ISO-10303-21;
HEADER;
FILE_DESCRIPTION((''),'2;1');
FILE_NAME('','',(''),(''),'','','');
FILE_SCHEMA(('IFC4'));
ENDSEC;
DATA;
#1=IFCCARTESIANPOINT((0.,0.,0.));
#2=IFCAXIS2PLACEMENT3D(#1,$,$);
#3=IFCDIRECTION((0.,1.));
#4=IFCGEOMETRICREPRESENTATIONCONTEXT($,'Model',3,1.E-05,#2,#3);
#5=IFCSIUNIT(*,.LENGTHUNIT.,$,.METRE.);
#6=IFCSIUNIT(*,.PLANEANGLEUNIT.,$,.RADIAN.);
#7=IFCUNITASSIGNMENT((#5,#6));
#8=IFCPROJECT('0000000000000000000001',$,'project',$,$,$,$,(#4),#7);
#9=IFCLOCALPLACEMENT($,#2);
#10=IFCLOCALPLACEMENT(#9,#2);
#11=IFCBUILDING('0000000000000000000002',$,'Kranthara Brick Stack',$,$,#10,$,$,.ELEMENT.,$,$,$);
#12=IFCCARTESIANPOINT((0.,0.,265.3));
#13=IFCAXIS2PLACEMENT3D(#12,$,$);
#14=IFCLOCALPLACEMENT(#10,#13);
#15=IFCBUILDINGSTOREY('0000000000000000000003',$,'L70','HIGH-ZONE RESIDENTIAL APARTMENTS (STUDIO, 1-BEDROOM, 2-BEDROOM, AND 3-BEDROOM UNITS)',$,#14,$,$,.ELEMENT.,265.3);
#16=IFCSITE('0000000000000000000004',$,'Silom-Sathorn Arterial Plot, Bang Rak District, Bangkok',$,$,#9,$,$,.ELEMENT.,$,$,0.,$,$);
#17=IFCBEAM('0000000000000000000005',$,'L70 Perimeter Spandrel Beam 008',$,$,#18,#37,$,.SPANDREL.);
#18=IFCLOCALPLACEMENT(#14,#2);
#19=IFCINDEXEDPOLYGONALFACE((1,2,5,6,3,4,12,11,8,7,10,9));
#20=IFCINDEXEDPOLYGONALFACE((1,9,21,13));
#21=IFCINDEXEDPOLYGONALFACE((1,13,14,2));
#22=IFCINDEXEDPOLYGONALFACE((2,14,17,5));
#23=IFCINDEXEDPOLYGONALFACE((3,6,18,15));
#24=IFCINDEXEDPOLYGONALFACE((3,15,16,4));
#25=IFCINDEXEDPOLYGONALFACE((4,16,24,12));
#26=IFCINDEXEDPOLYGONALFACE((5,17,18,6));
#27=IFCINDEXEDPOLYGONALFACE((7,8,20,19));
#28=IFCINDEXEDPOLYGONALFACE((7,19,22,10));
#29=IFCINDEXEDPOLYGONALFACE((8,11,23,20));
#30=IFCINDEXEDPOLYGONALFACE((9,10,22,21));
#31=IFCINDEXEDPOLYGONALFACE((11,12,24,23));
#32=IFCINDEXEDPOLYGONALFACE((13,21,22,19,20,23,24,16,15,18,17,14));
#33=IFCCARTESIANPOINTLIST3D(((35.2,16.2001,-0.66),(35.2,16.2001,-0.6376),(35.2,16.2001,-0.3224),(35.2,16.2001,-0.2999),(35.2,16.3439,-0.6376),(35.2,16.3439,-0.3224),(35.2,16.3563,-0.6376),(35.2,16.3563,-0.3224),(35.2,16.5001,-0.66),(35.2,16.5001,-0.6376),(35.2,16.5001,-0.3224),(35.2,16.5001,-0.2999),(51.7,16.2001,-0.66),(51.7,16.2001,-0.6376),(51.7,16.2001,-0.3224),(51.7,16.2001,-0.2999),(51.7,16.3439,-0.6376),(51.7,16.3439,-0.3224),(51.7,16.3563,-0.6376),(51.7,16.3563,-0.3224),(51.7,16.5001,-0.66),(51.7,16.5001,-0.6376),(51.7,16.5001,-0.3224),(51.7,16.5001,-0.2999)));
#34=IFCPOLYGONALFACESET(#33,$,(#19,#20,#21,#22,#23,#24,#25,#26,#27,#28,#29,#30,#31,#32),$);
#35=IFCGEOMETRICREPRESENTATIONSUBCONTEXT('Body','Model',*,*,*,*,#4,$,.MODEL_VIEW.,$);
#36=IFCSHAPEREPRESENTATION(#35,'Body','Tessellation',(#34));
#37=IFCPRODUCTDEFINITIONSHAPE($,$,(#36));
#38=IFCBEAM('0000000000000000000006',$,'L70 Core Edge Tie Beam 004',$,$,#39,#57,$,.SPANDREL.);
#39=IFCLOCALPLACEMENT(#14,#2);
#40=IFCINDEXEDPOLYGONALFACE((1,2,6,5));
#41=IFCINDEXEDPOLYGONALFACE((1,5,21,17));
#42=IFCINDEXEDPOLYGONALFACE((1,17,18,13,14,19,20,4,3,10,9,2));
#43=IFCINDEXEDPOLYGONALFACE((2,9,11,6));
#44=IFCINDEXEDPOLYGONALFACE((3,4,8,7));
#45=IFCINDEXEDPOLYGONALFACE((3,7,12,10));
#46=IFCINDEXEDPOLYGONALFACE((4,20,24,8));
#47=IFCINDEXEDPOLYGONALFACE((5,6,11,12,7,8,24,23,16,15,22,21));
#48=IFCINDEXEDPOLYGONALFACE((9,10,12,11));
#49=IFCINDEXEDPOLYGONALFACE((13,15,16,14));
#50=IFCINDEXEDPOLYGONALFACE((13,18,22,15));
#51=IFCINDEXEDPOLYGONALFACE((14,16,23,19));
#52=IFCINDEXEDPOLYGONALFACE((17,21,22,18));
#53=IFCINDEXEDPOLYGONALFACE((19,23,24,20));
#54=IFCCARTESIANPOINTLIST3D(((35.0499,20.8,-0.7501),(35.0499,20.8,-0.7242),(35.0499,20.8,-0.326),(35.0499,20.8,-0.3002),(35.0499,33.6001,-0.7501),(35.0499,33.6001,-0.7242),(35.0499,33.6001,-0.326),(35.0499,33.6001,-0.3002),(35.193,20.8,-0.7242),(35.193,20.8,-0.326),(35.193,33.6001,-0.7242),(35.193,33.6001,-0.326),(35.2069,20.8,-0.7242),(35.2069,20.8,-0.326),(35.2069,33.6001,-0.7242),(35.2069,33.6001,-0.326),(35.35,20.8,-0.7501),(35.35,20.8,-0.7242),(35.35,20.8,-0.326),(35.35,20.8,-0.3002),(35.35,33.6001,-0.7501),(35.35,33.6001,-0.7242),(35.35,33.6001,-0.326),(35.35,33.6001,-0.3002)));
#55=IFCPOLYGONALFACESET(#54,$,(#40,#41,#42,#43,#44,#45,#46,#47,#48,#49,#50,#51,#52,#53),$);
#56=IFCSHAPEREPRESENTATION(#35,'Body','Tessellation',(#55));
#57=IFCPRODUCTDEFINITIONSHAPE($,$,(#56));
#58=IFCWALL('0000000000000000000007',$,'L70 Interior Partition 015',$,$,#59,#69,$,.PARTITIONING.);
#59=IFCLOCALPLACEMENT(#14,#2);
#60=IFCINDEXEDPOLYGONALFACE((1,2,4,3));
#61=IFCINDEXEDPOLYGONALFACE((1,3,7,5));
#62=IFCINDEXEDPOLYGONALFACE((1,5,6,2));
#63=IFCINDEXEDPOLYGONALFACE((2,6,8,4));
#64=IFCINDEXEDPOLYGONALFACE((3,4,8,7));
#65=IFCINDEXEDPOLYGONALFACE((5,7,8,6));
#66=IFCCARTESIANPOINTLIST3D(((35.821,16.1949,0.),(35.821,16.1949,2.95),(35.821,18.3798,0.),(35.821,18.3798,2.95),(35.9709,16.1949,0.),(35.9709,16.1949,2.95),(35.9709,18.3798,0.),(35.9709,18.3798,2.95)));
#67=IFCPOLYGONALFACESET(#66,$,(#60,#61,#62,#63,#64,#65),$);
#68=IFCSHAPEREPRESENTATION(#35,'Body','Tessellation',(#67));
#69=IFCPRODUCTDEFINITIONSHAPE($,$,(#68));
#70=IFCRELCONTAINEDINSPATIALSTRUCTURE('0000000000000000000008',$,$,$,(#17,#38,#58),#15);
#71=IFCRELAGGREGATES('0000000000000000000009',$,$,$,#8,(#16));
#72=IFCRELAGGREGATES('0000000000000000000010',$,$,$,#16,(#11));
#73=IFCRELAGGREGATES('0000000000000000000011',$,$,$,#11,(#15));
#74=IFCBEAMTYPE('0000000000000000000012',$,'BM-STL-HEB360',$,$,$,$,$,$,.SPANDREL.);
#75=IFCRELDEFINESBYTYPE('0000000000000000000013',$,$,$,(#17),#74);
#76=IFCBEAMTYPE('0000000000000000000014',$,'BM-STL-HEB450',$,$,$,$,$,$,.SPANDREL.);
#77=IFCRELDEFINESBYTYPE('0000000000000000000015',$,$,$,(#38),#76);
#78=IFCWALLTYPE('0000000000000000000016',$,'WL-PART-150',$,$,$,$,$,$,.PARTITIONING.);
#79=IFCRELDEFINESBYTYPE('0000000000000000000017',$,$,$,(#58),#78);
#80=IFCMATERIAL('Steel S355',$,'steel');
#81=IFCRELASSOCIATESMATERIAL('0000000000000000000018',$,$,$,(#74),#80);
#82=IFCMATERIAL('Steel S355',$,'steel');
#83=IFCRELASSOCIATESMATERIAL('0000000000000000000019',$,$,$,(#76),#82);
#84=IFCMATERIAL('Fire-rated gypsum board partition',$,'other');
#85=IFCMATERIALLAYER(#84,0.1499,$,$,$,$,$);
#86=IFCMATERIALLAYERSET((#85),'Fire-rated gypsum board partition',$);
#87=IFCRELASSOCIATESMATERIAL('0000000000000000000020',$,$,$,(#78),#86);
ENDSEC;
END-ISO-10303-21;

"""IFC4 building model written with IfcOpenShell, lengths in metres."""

from ifc_helpers import new_model, si_unit, direction, frame, frame_2d, origin, origin_2d, place, context, subcontext, project, spatial, rectangle, i_section, extrude, material, layer, layer_set, material_profile, profile_set, type_object, element, save


model = new_model("IFC4")

# Units and contexts
model_context = context("Model", 3, precision=1e-05, world=origin(), true_north=direction((0.0, 1.0)))
body_context = subcontext(model_context, "Body", "Model", "MODEL_VIEW")
ifc_project = project(units=[si_unit("LENGTHUNIT", "METRE"), si_unit("PLANEANGLEUNIT", "RADIAN")], contexts=[model_context])

# Site, building, storey
site_placement = place(None, origin())
site = spatial("IfcSite", under=ifc_project, at=site_placement, Name="Silom-Sathorn Arterial Plot, Bang Rak District, Bangkok", CompositionType="ELEMENT", RefElevation=0.0)
building_placement = place(site_placement, origin())
building = spatial("IfcBuilding", under=site, at=building_placement, Name="Kranthara Brick Stack", CompositionType="ELEMENT")
storey_placement = place(building_placement, frame((0.0, 0.0, 265.3)))
storey = spatial("IfcBuildingStorey", under=building, at=storey_placement, Name="L70", Description="HIGH-ZONE RESIDENTIAL APARTMENTS (STUDIO, 1-BEDROOM, 2-BEDROOM, AND 3-BEDROOM UNITS)", CompositionType="ELEMENT", Elevation=265.3)

# Beams
ifc_material_1 = material(Name="Steel S355", Category="steel")
ifc_material_profile_1 = material_profile(ifc_material_1, i_section(OverallWidth=0.3, OverallDepth=0.3601, WebThickness=0.0125, FlangeThickness=0.0225, at=origin_2d()), Name="HEB 360")
ifc_profile_set_1 = profile_set([ifc_material_profile_1], Name="Steel S355")
beam_type_1 = type_object("IfcBeamType", Name="BM-STL-HEB360", PredefinedType="SPANDREL", material=ifc_profile_set_1)
beam_1_placement = place(storey_placement, frame((35.2, 16.3501, -0.48), z_axis=(1.0, 0.0, 0.0), x_axis=(0.0, 1.0, 0.0)))
element("IfcBeam", 1, at=beam_1_placement, inside=storey, type_object=beam_type_1, Name="L70 Perimeter Spandrel Beam 008", PredefinedType="SPANDREL", context=body_context, shape_type="SweptSolid", body=[
    extrude(i_section(OverallWidth=0.3, OverallDepth=0.3601, WebThickness=0.0125, FlangeThickness=0.0225, at=origin_2d()), origin(), (0.0, 0.0, 1.0), 16.5),
])
ifc_material_2 = material(Name="Steel S355", Category="steel")
ifc_material_profile_2 = material_profile(ifc_material_2, i_section(OverallWidth=0.3, OverallDepth=0.45, WebThickness=0.0139, FlangeThickness=0.0259, at=origin_2d()), Name="HEB 450")
ifc_profile_set_2 = profile_set([ifc_material_profile_2], Name="Steel S355")
beam_type_2 = type_object("IfcBeamType", Name="BM-STL-HEB450", PredefinedType="SPANDREL", material=ifc_profile_set_2)
beam_2_placement = place(storey_placement, frame((35.2, 20.8, -0.5251), z_axis=(0.0, 1.0, 0.0), x_axis=(-1.0, 0.0, 0.0)))
element("IfcBeam", 2, at=beam_2_placement, inside=storey, type_object=beam_type_2, Name="L70 Core Edge Tie Beam 004", PredefinedType="SPANDREL", context=body_context, shape_type="SweptSolid", body=[
    extrude(i_section(OverallWidth=0.3, OverallDepth=0.45, WebThickness=0.0139, FlangeThickness=0.0259, at=origin_2d()), origin(), (0.0, 0.0, 1.0), 12.8),
])

# Wall
ifc_material_3 = material(Name="Fire-rated gypsum board partition", Category="other")
ifc_layer = layer(ifc_material_3, 0.1499)
ifc_layer_set = layer_set([ifc_layer], Name="Fire-rated gypsum board partition")
wall_type = type_object("IfcWallType", Name="WL-PART-150", PredefinedType="PARTITIONING", material=ifc_layer_set)
wall_placement = place(storey_placement, frame((35.896, 16.1951, 0.0), z_axis=(0.0, 0.0, 1.0), x_axis=(0.0, 1.0, 0.0)))
element("IfcWall", 3, at=wall_placement, inside=storey, type_object=wall_type, Name="L70 Interior Partition 015", PredefinedType="PARTITIONING", context=body_context, shape_type="SweptSolid", body=[
    extrude(rectangle(XDim=2.1848, YDim=0.1499, at=frame_2d((1.0923, 0.0))), origin(), (0.0, 0.0, 1.0), 2.95),
])

save(model, "model.ifc")
